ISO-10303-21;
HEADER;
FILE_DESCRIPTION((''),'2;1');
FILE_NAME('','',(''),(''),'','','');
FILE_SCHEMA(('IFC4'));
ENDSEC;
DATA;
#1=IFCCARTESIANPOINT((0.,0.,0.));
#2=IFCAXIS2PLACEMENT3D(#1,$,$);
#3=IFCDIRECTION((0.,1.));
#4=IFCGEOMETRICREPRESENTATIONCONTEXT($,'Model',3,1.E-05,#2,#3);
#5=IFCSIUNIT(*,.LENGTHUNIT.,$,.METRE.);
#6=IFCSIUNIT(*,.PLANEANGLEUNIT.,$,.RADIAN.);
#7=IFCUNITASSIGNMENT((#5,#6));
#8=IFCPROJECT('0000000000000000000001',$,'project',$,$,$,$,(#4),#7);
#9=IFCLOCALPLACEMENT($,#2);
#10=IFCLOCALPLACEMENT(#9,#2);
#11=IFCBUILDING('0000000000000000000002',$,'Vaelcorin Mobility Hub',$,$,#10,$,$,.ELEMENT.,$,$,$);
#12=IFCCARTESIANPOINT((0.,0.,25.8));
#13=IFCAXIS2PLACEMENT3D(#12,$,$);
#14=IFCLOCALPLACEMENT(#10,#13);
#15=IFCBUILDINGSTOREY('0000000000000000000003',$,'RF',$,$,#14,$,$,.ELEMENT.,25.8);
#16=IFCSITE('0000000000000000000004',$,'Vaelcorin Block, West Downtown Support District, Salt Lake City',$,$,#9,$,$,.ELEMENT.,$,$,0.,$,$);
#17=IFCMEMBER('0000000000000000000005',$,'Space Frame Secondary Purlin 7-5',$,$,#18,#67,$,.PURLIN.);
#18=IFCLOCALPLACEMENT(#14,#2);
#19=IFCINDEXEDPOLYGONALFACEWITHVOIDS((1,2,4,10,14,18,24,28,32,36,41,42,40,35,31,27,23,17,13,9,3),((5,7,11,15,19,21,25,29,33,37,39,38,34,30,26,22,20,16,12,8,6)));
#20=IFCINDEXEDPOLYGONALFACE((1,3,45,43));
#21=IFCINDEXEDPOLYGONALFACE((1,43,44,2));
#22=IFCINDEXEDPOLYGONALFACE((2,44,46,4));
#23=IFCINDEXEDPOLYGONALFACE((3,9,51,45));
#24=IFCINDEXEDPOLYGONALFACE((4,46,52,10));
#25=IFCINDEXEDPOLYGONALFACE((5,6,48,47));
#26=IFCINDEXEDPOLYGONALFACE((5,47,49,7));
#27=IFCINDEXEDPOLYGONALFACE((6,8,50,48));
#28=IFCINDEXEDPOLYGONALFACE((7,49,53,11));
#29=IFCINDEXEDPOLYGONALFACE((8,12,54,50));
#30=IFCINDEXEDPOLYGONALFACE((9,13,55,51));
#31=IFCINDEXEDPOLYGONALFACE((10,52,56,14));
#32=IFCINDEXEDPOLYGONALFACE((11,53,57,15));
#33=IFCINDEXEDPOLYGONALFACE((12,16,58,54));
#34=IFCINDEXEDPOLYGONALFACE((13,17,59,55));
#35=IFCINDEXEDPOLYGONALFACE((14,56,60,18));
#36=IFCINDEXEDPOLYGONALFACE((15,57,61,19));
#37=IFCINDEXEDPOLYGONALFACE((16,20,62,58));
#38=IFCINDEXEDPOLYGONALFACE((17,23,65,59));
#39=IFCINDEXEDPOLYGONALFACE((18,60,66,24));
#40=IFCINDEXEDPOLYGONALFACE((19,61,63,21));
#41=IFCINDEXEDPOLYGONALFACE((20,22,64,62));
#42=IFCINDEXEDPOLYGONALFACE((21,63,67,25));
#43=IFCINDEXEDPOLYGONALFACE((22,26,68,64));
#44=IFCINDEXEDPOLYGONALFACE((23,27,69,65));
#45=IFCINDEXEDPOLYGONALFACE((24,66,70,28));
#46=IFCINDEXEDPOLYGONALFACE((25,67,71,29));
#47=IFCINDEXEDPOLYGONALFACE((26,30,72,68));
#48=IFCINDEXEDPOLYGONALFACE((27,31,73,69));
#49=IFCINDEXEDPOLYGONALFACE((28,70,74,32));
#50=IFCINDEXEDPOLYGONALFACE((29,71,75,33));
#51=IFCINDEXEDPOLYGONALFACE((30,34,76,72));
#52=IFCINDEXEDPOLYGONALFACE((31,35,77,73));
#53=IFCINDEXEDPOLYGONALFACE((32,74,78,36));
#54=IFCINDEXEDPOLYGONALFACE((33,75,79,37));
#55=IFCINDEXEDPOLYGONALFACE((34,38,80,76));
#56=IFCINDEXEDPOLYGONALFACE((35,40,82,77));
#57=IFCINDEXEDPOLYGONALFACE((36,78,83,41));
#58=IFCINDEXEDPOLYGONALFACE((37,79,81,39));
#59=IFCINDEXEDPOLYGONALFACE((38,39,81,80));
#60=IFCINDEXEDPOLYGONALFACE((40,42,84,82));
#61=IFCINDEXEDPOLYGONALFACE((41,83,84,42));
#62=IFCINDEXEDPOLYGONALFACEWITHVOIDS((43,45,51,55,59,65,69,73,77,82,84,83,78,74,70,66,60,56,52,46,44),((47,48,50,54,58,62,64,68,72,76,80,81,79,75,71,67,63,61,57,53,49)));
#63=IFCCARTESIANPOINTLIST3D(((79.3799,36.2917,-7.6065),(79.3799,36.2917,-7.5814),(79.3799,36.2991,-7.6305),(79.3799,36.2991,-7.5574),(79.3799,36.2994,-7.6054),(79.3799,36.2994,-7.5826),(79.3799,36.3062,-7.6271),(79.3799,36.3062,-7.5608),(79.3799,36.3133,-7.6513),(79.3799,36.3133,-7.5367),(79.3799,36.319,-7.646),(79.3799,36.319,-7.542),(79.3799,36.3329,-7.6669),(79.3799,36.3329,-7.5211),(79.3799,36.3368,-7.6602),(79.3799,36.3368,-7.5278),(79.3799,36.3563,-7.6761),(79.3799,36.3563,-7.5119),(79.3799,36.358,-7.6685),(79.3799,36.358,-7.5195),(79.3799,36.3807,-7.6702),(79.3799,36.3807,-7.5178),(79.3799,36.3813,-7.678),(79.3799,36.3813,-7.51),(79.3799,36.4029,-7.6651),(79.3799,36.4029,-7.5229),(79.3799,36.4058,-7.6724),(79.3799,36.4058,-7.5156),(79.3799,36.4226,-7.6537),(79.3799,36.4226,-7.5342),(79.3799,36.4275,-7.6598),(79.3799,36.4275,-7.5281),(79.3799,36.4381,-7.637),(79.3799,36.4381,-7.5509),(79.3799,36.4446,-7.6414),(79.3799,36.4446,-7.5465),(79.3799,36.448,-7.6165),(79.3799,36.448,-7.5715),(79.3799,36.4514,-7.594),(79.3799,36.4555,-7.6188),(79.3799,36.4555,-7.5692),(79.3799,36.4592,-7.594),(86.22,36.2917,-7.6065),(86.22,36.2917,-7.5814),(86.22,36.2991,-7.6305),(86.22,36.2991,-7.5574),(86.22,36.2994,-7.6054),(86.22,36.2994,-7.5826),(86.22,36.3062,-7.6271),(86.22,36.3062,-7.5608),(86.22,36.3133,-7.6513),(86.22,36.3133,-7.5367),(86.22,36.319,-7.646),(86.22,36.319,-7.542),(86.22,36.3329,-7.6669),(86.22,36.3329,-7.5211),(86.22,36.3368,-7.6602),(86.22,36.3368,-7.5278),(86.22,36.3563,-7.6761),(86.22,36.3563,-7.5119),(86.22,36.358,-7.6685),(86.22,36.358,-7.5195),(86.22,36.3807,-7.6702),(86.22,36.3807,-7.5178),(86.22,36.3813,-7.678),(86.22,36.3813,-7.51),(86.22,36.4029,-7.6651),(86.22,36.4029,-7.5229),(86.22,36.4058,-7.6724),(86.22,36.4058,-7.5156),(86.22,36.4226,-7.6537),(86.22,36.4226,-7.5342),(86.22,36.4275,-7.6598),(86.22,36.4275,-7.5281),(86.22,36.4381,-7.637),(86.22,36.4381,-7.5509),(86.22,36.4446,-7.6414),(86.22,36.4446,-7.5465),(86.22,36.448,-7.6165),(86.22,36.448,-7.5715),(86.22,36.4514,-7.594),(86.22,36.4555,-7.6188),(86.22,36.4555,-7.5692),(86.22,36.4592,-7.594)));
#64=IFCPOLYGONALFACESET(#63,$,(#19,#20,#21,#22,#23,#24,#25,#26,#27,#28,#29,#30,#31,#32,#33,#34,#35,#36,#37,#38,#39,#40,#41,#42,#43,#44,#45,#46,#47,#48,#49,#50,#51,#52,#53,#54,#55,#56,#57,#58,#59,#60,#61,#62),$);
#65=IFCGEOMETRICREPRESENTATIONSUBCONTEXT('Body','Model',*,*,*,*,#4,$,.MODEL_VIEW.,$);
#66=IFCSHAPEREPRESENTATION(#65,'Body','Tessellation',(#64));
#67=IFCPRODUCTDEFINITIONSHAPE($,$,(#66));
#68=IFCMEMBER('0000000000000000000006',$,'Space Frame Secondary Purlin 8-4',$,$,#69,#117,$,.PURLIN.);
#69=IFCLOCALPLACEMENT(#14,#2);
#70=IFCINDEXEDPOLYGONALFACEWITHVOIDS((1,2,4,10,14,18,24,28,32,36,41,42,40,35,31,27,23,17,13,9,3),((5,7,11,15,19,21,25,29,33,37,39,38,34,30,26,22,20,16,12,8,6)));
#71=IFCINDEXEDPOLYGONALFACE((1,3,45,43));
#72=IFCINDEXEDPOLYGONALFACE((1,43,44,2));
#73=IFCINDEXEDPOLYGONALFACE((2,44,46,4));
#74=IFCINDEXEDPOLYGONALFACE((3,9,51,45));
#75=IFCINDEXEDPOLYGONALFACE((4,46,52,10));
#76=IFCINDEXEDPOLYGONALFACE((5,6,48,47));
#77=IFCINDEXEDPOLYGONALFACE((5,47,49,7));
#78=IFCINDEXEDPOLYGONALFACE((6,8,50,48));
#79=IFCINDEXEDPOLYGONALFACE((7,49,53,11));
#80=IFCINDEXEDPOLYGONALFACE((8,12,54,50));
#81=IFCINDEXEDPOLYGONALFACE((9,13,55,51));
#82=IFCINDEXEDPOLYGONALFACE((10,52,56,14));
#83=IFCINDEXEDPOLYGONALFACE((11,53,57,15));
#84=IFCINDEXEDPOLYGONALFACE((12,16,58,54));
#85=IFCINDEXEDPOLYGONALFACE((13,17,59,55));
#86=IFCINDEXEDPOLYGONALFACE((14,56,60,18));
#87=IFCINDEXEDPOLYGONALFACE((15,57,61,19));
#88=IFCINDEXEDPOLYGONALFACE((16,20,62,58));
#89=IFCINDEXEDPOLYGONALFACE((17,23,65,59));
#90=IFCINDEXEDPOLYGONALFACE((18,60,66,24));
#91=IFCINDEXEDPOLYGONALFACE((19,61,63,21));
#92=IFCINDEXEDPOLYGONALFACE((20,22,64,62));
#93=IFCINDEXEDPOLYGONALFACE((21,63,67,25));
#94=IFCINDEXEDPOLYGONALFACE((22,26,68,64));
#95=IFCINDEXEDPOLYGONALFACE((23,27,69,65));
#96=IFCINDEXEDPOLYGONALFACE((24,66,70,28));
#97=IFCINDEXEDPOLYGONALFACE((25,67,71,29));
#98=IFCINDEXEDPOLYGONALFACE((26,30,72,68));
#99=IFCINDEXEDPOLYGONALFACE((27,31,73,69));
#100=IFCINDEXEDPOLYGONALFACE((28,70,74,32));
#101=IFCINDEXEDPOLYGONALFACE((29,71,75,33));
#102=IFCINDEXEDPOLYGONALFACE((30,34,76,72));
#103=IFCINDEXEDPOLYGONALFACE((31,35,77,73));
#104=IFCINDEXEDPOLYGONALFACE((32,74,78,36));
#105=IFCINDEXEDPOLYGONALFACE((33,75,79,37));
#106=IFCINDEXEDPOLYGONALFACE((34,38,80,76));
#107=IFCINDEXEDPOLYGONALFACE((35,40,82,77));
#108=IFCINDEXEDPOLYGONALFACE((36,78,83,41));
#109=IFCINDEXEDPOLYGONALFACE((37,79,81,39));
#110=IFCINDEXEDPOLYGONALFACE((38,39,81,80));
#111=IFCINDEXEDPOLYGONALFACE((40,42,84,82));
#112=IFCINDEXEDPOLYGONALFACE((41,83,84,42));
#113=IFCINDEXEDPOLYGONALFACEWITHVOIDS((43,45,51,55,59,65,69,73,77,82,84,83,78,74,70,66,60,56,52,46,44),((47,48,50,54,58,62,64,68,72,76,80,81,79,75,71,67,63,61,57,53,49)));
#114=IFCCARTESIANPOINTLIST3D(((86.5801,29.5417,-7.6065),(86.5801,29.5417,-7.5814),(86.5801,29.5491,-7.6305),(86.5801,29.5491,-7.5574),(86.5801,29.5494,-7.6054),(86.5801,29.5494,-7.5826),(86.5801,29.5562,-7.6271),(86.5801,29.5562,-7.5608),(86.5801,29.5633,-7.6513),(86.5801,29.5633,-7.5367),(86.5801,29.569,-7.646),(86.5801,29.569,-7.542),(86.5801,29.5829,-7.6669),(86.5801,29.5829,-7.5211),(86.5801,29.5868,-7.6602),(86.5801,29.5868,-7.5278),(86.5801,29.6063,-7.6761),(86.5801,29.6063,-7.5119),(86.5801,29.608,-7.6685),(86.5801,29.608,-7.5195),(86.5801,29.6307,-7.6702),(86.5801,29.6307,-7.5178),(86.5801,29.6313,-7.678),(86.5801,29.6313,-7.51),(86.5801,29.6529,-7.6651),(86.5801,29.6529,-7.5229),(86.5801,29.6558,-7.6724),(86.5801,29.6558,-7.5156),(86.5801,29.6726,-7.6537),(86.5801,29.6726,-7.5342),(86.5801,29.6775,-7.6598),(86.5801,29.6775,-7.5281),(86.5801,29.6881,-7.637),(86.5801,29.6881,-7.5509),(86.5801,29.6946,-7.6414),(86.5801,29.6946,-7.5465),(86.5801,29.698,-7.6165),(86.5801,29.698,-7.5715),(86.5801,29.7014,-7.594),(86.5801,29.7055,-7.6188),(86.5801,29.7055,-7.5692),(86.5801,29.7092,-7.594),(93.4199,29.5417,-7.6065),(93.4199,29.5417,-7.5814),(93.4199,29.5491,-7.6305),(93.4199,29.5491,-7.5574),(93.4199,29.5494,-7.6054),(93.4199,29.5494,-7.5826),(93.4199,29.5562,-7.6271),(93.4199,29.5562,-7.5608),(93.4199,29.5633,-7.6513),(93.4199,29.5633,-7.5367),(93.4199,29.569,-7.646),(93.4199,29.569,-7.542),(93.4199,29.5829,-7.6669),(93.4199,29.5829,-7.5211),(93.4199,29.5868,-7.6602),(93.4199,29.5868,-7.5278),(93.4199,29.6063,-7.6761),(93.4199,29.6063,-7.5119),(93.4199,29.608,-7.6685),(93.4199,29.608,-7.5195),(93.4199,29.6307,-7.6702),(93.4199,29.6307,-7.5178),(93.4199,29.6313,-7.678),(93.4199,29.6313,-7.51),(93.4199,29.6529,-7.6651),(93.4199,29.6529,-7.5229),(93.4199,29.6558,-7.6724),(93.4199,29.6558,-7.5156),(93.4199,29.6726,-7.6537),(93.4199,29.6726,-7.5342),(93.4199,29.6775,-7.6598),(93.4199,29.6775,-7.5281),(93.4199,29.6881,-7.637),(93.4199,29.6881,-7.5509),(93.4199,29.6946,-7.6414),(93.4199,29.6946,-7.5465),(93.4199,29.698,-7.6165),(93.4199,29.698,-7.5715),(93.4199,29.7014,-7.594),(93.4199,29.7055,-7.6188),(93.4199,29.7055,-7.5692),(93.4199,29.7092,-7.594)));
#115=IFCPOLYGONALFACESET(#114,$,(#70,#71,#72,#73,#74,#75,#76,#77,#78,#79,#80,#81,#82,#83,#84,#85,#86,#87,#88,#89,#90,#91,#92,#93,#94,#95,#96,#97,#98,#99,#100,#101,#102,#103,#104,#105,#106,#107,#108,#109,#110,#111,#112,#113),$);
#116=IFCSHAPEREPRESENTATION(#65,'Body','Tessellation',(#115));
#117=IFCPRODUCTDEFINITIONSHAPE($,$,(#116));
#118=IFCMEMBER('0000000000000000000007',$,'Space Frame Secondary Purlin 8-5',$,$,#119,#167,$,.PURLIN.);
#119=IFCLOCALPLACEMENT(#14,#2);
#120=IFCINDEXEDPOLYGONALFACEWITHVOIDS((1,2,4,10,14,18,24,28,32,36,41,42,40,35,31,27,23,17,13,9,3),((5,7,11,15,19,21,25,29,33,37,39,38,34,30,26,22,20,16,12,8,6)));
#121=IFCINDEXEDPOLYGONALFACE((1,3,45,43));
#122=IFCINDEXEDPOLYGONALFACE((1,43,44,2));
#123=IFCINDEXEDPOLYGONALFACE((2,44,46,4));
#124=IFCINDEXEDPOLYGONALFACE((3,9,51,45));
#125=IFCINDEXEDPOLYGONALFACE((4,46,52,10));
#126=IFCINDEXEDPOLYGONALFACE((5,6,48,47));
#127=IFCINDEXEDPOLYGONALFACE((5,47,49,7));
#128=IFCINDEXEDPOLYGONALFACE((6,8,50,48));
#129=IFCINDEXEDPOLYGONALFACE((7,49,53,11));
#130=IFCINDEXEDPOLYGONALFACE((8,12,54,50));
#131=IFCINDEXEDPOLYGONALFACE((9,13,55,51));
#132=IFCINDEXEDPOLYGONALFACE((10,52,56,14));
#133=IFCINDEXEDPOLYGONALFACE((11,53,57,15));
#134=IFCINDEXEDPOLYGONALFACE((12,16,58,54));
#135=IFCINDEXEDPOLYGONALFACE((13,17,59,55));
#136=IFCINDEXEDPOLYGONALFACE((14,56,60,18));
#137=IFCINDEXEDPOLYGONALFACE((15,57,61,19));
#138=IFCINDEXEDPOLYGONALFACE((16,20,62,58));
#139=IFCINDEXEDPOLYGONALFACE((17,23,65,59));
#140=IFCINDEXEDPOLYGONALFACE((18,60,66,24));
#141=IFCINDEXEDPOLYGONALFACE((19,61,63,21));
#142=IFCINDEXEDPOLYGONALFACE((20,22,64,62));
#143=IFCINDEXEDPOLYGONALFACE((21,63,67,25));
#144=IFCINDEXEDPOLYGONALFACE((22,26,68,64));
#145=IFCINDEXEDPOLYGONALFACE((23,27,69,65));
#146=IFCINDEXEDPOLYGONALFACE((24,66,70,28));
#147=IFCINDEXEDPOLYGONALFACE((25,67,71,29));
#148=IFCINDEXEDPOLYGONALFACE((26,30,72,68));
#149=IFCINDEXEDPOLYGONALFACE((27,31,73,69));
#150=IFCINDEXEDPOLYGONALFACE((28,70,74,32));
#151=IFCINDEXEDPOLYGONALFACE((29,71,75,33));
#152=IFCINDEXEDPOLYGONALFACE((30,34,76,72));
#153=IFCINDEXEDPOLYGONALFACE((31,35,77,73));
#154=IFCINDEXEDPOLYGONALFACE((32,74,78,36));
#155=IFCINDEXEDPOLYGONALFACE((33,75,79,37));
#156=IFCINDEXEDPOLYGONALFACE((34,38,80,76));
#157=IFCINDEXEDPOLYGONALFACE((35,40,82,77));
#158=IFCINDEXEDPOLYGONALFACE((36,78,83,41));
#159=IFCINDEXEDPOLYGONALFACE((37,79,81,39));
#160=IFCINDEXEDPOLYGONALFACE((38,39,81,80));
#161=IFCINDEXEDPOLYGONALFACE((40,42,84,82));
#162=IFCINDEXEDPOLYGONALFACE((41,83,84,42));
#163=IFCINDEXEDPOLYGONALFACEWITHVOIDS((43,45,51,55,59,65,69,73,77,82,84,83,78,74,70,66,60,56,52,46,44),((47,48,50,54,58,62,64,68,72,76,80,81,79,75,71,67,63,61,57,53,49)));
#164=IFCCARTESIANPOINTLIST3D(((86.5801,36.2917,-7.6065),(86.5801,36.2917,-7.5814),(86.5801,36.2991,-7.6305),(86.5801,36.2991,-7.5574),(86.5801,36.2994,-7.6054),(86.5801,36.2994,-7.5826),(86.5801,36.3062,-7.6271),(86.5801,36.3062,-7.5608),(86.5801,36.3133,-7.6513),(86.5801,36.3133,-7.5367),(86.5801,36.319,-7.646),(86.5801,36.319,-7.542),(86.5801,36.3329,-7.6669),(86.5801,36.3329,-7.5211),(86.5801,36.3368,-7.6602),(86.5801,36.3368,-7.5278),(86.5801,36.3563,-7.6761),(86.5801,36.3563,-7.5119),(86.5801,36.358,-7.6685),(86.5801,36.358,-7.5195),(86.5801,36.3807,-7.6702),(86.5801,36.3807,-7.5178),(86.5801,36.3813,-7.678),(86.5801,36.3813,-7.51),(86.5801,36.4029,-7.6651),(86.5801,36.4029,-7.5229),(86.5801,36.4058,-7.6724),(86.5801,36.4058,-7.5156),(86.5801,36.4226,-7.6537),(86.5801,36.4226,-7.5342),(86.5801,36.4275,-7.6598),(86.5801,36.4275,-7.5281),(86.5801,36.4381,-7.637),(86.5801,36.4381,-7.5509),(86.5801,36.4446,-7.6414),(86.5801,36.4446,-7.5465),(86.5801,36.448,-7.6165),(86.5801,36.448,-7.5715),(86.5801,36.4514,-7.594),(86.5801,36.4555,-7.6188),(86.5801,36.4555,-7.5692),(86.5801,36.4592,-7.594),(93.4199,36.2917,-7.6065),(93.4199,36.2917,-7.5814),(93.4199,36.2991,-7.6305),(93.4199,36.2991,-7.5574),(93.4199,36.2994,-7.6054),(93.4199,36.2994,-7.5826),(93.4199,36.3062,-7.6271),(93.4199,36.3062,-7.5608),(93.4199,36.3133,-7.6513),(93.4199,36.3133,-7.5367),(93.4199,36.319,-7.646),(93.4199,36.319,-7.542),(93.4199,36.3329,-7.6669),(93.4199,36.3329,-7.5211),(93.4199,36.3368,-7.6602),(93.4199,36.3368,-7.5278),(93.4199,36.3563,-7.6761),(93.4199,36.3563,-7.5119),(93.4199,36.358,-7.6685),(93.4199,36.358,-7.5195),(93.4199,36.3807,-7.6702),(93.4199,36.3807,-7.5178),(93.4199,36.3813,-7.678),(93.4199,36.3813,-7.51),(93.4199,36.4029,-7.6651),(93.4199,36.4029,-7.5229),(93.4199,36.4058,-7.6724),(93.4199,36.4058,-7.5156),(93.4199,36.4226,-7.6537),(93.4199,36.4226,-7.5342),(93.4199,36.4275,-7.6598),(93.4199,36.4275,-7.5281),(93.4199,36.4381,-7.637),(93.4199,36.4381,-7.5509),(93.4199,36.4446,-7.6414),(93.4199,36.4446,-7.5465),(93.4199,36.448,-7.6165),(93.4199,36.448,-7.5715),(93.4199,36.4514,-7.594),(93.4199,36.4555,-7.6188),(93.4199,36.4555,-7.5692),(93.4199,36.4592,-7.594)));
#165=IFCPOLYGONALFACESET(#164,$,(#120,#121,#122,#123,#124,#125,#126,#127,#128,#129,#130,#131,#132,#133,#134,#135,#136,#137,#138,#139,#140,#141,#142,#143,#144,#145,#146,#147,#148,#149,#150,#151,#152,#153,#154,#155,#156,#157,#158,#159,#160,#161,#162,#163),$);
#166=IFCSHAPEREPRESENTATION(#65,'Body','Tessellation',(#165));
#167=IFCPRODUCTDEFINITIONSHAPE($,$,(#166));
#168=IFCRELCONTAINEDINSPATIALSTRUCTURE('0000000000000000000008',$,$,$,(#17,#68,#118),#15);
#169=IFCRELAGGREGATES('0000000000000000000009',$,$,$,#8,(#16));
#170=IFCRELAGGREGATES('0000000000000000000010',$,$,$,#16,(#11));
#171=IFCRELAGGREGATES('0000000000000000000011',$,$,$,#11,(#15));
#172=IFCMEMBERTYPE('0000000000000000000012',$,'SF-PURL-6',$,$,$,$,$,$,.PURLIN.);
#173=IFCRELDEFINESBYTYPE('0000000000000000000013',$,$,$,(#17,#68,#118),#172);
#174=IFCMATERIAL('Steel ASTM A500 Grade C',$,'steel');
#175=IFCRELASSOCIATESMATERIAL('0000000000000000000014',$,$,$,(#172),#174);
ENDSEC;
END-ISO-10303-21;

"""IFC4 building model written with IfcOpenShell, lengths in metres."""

from ifc_helpers import new_model, si_unit, direction, frame, origin, origin_2d, place, context, subcontext, project, spatial, hollow_circle, extrude, material, material_profile, profile_set, type_object, element, save


model = new_model("IFC4")

# Units and contexts
model_context = context("Model", 3, precision=1e-05, world=origin(), true_north=direction((0.0, 1.0)))
body_context = subcontext(model_context, "Body", "Model", "MODEL_VIEW")
ifc_project = project(units=[si_unit("LENGTHUNIT", "METRE"), si_unit("PLANEANGLEUNIT", "RADIAN")], contexts=[model_context])

# Site, building, storey
site_placement = place(None, origin())
site = spatial("IfcSite", under=ifc_project, at=site_placement, Name="Vaelcorin Block, West Downtown Support District, Salt Lake City", CompositionType="ELEMENT", RefElevation=0.0)
building_placement = place(site_placement, origin())
building = spatial("IfcBuilding", under=site, at=building_placement, Name="Vaelcorin Mobility Hub", CompositionType="ELEMENT")
storey_placement = place(building_placement, frame((0.0, 0.0, 25.8)))
storey = spatial("IfcBuildingStorey", under=building, at=storey_placement, Name="RF", CompositionType="ELEMENT", Elevation=25.8)

# Members
ifc_material_1 = material(Name="Steel ASTM A500 Grade C", Category="steel")
ifc_material_profile_1 = material_profile(ifc_material_1, hollow_circle(Radius=0.0842, WallThickness=0.0078, at=origin_2d()), Name="HSS6.625X0.312")
ifc_profile_set_1 = profile_set([ifc_material_profile_1], Name="Steel ASTM A500 Grade C")
member_type_1 = type_object("IfcMemberType", Name="SF-PURL-6", PredefinedType="PURLIN", material=ifc_profile_set_1)
for number, where, z_axis, x_axis, name in (
    (1, (79.3799, 36.375, -7.594), (1.0, 0.0, 0.0), (0.0, 1.0, 0.0), "Space Frame Secondary Purlin 7-5"),
):
    element("IfcMember", number, at=place(storey_placement, frame(where, z_axis=z_axis, x_axis=x_axis)), inside=storey, type_object=member_type_1, Name=name, PredefinedType="PURLIN", context=body_context, shape_type="SweptSolid", body=[
        extrude(hollow_circle(Radius=0.0842, WallThickness=0.0078, at=origin_2d()), origin(), (0.0, 0.0, 1.0), 6.8401),
    ])
for number, where, z_axis, x_axis, name in (
    (2, (86.5801, 29.625, -7.594), (1.0, 0.0, 0.0), (0.0, 1.0, 0.0), "Space Frame Secondary Purlin 8-4"),
    (3, (86.5801, 36.375, -7.594), (1.0, 0.0, 0.0), (0.0, 1.0, 0.0), "Space Frame Secondary Purlin 8-5"),
):
    element("IfcMember", number, at=place(storey_placement, frame(where, z_axis=z_axis, x_axis=x_axis)), inside=storey, type_object=member_type_1, Name=name, PredefinedType="PURLIN", context=body_context, shape_type="SweptSolid", body=[
        extrude(hollow_circle(Radius=0.0842, WallThickness=0.0078, at=origin_2d()), origin(), (0.0, 0.0, 1.0), 6.8398),
    ])

save(model, "model.ifc")
